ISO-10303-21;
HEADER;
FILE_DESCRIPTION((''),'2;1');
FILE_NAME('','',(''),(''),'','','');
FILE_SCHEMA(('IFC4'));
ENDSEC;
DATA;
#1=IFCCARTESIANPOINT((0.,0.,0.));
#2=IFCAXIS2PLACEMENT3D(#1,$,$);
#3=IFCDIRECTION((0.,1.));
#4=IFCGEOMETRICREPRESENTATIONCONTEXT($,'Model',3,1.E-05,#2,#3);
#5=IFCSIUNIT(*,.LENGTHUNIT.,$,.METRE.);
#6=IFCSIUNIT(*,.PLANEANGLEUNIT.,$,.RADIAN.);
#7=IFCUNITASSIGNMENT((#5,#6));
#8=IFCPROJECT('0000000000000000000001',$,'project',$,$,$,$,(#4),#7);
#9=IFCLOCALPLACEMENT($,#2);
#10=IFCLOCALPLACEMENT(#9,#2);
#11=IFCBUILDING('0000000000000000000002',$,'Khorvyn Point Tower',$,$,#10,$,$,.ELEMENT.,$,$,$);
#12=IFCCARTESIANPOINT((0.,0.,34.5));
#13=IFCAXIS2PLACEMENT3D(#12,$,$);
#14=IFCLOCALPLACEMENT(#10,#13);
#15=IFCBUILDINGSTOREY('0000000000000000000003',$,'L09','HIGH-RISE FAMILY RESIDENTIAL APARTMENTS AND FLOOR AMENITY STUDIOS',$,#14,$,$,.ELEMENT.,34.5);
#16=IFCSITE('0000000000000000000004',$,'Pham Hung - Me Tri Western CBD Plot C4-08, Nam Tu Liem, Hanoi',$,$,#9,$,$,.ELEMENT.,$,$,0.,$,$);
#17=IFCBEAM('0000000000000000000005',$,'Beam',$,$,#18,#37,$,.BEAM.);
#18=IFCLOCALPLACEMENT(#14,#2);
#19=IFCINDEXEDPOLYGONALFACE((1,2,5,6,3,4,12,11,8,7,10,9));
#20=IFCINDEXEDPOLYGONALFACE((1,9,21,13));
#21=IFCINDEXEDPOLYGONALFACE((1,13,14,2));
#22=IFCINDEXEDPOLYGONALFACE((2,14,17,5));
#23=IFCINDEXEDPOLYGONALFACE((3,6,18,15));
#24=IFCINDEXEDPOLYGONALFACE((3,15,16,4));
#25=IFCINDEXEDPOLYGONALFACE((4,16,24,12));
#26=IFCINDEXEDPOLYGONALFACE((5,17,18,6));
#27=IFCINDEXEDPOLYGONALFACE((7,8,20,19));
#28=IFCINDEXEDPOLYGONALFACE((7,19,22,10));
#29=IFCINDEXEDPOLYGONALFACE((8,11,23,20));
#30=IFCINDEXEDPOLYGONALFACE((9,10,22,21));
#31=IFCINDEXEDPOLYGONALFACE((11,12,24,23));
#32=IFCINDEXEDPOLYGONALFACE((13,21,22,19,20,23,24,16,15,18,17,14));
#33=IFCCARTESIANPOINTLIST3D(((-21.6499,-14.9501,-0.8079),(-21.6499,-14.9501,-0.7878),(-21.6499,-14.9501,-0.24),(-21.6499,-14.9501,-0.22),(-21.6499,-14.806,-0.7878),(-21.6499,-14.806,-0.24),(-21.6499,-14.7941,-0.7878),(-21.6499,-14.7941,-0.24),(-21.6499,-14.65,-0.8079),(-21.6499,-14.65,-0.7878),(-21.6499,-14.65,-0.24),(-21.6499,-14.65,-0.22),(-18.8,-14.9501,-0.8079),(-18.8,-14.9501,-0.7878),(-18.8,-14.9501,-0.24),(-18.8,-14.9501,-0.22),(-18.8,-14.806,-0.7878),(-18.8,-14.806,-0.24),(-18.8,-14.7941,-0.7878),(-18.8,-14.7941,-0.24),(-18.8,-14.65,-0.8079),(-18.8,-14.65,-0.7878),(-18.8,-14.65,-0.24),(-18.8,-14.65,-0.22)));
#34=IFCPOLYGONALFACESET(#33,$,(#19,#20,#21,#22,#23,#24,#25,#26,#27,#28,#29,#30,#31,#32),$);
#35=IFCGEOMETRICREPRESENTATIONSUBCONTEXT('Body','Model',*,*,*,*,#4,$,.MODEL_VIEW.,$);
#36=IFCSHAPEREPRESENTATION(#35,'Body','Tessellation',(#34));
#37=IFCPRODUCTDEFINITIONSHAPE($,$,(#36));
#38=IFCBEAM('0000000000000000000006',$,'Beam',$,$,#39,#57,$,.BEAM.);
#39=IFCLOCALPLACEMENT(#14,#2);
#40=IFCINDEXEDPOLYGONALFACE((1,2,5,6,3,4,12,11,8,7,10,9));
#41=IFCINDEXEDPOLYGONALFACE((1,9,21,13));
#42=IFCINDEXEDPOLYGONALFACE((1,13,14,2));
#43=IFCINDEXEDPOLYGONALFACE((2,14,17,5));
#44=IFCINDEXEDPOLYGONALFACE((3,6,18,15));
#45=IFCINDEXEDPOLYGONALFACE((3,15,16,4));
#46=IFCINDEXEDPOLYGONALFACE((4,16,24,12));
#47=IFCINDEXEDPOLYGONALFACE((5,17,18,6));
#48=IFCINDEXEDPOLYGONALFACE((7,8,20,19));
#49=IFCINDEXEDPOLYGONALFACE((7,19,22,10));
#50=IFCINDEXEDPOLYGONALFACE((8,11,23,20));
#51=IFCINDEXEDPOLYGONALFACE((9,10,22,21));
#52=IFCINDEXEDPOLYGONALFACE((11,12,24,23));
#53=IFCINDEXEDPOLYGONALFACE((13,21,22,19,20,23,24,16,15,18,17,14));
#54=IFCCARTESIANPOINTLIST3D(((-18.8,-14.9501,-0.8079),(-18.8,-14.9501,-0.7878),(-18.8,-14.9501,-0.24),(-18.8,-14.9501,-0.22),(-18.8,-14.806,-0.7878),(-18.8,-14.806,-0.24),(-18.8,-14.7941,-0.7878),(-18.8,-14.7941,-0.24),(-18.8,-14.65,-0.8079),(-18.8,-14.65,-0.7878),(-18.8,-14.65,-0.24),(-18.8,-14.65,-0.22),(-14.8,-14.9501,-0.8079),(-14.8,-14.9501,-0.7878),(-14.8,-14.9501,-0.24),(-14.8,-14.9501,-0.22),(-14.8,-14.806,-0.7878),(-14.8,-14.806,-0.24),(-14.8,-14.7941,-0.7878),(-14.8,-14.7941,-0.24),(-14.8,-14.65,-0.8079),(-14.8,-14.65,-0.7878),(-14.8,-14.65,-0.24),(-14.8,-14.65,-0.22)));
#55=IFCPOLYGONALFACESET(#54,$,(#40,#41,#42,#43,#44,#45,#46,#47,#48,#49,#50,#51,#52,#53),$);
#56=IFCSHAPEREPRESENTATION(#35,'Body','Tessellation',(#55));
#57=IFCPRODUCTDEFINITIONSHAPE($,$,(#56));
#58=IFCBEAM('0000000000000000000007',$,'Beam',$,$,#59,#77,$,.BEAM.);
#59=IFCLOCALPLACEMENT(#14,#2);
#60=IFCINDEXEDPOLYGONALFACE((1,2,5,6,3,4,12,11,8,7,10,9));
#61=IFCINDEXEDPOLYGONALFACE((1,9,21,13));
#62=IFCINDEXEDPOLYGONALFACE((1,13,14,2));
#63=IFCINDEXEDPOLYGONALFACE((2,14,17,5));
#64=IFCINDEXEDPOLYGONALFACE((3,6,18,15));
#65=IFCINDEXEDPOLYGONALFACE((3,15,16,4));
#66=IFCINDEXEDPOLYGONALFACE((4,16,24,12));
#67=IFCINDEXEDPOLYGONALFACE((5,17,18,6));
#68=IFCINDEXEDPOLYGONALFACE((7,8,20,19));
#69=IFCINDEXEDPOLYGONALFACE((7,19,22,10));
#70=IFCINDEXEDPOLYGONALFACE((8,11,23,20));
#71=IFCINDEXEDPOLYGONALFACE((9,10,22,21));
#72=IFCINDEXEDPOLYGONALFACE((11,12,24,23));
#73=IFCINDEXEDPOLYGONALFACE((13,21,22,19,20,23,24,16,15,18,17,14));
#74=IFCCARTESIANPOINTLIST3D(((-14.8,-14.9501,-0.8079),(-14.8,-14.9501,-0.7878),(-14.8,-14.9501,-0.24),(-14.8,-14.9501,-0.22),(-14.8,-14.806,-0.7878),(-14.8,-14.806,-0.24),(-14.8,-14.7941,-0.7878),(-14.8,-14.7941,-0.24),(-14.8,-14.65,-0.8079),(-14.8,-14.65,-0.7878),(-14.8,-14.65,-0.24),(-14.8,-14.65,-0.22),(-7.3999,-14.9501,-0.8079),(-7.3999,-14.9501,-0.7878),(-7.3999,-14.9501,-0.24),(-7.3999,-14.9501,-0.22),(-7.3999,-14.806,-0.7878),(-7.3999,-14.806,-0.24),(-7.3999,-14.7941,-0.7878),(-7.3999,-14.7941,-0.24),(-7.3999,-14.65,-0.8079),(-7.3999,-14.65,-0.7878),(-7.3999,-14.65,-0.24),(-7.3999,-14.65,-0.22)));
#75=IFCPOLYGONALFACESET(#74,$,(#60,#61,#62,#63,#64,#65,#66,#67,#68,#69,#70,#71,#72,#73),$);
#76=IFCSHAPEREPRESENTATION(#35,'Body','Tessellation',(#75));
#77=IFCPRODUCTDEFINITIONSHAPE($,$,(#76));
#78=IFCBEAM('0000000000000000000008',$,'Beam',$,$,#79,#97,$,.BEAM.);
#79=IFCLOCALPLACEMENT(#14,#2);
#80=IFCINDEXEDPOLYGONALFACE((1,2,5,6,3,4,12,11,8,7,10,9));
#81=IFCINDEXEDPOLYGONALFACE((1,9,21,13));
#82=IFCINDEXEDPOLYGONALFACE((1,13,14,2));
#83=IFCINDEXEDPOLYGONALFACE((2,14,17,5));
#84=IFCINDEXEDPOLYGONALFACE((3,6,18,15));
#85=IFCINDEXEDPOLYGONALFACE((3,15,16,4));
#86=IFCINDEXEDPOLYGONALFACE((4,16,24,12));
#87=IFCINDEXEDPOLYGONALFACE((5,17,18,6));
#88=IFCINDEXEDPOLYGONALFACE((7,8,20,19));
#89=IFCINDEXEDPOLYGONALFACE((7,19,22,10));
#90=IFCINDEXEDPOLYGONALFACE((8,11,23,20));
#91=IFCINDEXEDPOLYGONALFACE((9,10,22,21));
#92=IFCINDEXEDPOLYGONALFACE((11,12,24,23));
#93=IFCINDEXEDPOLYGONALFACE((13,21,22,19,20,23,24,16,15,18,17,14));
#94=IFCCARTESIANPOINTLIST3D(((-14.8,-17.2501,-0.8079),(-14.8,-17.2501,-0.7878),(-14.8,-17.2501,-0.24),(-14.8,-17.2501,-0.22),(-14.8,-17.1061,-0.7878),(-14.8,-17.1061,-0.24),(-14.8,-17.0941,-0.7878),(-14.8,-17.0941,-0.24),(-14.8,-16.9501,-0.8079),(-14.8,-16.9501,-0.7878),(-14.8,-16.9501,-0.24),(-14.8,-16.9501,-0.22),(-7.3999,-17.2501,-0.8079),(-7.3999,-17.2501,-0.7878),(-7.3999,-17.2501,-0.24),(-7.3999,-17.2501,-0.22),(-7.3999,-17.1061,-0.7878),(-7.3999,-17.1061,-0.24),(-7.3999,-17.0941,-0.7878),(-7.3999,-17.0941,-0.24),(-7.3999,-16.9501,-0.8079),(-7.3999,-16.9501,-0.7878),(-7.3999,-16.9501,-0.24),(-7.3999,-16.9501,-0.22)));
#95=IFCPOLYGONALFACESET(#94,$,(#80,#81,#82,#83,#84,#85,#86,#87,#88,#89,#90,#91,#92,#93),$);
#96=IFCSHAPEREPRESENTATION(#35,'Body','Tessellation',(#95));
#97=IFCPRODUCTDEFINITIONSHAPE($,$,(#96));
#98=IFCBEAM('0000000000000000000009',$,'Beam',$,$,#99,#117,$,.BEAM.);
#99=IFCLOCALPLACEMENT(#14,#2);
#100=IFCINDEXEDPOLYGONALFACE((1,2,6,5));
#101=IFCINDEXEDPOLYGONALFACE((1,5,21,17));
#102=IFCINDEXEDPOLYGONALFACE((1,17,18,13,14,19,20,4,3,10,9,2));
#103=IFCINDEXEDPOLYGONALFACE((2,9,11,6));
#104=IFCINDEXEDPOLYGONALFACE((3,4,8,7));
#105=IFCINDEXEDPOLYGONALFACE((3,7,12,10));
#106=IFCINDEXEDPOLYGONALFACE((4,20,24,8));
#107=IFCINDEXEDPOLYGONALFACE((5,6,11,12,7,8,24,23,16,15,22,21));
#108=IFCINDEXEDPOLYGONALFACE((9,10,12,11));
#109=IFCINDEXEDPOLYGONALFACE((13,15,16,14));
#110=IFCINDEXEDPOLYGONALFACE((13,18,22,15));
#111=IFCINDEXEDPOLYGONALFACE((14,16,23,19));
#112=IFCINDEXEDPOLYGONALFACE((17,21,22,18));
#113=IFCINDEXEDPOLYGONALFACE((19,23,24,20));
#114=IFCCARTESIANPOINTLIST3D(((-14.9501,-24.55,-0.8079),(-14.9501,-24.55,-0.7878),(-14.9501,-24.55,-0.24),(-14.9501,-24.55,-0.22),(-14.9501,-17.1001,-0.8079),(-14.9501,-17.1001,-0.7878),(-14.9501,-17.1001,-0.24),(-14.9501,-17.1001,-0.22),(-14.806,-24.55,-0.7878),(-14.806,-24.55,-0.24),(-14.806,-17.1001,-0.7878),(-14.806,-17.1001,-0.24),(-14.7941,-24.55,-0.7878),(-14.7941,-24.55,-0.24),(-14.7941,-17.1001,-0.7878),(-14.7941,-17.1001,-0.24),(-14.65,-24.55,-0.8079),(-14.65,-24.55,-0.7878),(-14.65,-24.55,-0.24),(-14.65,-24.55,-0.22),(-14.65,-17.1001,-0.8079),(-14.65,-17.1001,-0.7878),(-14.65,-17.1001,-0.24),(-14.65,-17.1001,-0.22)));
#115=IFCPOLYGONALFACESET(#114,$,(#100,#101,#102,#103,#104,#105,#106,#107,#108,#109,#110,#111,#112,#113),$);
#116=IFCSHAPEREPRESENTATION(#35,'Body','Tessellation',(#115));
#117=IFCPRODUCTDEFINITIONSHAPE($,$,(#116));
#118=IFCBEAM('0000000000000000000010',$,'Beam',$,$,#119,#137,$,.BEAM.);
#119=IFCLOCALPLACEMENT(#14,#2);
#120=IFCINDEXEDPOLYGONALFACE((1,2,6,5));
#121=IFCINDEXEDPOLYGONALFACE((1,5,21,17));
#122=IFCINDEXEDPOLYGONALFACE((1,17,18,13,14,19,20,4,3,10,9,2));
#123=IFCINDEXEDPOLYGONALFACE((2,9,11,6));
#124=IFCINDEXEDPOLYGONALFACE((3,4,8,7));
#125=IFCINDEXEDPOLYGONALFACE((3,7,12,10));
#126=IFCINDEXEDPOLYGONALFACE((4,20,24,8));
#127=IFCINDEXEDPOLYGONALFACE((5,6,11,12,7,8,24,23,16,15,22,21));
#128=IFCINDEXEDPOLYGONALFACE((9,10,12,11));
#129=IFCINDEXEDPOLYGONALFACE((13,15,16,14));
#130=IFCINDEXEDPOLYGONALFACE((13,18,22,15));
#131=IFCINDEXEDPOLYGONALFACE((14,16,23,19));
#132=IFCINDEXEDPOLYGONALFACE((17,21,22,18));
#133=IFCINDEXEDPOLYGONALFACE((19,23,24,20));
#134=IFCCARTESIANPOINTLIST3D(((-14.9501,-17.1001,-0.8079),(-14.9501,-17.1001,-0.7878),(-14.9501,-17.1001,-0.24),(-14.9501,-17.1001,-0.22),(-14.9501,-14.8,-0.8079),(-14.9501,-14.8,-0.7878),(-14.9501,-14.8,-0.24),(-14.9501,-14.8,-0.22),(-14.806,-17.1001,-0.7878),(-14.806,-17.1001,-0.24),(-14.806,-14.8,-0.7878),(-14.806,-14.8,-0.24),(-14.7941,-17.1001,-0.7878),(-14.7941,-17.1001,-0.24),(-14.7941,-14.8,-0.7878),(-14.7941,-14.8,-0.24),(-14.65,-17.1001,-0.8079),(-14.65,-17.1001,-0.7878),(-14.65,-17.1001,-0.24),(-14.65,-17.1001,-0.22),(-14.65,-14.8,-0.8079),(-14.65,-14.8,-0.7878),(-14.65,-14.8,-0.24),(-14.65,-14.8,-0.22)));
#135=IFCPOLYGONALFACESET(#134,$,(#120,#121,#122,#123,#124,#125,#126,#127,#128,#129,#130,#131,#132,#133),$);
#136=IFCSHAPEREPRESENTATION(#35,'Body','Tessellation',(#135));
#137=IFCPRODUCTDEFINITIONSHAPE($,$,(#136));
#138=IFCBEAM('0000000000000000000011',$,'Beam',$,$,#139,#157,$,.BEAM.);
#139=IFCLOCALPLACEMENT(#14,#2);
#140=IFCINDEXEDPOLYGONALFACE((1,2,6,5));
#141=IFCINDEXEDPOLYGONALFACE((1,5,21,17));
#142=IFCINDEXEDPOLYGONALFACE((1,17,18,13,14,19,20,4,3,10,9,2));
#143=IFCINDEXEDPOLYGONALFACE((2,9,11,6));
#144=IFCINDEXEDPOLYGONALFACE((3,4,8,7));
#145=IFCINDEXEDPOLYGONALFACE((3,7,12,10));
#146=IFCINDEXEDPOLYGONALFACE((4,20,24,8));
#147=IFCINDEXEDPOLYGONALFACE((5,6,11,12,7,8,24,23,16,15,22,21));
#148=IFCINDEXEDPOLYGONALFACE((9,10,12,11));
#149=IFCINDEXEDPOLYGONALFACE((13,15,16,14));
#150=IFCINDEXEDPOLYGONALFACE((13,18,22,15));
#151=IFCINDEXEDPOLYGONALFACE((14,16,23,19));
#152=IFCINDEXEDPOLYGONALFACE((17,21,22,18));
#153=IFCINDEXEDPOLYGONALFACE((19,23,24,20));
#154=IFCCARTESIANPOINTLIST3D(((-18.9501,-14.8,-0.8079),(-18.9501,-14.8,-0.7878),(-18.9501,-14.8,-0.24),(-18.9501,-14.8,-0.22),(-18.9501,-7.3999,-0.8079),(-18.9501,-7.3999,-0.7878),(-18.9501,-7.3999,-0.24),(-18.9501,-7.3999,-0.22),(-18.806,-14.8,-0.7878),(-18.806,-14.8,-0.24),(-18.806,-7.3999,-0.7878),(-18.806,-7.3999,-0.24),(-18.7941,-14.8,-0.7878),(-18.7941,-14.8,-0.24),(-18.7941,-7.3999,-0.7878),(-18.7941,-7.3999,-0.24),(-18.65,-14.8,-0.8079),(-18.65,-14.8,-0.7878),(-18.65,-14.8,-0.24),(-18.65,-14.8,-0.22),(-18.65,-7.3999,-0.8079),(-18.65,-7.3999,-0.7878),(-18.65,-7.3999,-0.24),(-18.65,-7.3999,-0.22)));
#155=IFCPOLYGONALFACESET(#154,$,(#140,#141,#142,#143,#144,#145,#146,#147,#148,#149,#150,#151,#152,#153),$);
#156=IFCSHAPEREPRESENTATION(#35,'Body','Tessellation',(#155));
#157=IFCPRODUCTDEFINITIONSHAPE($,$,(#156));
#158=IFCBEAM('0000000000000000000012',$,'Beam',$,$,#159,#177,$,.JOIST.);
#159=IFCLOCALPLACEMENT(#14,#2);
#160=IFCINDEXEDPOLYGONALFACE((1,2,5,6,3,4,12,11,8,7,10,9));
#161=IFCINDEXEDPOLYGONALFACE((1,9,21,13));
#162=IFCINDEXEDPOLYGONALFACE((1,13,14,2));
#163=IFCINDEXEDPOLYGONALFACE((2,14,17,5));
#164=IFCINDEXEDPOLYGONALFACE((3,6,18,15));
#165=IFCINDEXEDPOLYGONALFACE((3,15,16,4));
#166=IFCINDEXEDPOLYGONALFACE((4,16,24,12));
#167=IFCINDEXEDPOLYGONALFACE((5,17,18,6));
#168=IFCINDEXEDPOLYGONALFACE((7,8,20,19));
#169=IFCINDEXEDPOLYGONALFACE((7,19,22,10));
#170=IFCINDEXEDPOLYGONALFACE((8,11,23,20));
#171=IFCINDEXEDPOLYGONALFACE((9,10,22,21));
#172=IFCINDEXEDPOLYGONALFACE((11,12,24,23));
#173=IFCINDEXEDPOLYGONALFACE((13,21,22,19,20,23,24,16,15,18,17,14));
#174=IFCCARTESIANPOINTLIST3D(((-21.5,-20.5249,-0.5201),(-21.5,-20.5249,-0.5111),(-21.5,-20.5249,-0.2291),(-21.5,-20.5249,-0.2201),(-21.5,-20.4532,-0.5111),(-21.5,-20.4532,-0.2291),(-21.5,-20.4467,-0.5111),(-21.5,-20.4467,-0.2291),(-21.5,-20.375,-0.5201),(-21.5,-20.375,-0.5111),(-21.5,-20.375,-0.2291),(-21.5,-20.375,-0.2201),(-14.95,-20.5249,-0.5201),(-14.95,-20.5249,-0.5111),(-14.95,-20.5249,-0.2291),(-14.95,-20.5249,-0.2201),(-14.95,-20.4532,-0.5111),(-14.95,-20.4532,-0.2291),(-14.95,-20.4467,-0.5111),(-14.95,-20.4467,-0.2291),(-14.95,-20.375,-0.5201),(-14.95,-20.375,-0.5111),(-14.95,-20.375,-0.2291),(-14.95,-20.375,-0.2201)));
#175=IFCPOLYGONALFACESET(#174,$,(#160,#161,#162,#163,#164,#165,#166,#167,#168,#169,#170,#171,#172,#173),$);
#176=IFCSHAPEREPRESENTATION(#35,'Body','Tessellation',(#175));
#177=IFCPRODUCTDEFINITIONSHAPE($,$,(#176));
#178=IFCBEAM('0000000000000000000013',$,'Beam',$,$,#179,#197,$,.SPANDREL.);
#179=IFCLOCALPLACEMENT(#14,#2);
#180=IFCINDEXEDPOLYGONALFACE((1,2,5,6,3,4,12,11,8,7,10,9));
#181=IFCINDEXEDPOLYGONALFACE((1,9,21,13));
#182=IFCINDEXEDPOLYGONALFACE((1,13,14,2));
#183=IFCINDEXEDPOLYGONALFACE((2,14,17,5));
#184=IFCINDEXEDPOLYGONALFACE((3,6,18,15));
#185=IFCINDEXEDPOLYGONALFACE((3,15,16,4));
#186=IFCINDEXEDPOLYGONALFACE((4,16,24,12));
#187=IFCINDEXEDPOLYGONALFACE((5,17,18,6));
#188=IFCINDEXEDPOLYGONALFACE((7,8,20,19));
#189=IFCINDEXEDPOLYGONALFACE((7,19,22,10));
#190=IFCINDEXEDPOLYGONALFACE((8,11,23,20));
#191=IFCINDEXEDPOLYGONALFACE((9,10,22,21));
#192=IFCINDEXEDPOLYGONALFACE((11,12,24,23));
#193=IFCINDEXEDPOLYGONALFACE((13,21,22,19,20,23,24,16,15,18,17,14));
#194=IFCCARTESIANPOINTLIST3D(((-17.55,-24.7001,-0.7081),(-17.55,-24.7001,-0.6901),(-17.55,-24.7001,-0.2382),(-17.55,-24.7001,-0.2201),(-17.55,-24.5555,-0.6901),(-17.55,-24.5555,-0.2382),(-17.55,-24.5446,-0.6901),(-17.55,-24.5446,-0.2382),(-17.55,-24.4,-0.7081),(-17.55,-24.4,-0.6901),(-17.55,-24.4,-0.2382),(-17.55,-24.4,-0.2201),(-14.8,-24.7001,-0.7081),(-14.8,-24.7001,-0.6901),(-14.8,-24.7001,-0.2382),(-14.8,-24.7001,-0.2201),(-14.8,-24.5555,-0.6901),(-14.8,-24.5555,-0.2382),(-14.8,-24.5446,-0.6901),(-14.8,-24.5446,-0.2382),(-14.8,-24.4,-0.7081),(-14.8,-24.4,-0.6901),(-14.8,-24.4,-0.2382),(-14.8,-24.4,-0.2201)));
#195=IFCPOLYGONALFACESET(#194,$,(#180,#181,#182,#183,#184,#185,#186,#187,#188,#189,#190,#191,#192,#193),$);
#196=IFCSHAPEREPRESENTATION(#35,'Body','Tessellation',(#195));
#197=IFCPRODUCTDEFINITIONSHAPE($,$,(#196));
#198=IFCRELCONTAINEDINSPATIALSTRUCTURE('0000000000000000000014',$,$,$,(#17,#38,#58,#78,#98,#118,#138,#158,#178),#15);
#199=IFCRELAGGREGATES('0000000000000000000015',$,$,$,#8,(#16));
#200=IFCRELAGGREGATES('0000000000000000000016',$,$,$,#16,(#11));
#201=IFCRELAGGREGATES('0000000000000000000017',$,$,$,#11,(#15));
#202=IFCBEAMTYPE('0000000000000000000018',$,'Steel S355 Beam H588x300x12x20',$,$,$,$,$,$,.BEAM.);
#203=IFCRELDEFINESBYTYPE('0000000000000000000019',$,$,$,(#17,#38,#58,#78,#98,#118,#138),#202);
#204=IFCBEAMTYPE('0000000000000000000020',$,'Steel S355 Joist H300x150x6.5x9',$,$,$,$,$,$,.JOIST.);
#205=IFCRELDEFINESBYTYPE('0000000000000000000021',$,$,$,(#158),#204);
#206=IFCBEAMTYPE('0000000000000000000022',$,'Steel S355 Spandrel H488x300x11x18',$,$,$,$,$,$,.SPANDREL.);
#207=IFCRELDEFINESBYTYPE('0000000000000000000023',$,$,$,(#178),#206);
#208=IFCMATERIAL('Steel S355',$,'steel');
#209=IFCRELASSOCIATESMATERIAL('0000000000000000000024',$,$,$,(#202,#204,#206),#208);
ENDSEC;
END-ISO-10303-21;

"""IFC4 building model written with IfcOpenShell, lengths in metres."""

from ifc_helpers import new_model, si_unit, direction, frame, origin, origin_2d, place, context, subcontext, project, spatial, i_section, extrude, material, material_profile, profile_set, type_object, element, save


model = new_model("IFC4")

# Units and contexts
model_context = context("Model", 3, precision=1e-05, world=origin(), true_north=direction((0.0, 1.0)))
body_context = subcontext(model_context, "Body", "Model", "MODEL_VIEW")
ifc_project = project(units=[si_unit("LENGTHUNIT", "METRE"), si_unit("PLANEANGLEUNIT", "RADIAN")], contexts=[model_context])

# Site, building, storey
site_placement = place(None, origin())
site = spatial("IfcSite", under=ifc_project, at=site_placement, Name="Pham Hung - Me Tri Western CBD Plot C4-08, Nam Tu Liem, Hanoi", CompositionType="ELEMENT", RefElevation=0.0)
building_placement = place(site_placement, origin())
building = spatial("IfcBuilding", under=site, at=building_placement, Name="Khorvyn Point Tower", CompositionType="ELEMENT")
storey_placement = place(building_placement, frame((0.0, 0.0, 34.5)))
storey = spatial("IfcBuildingStorey", under=building, at=storey_placement, Name="L09", Description="HIGH-RISE FAMILY RESIDENTIAL APARTMENTS AND FLOOR AMENITY STUDIOS", CompositionType="ELEMENT", Elevation=34.5)

# Beams
ifc_material_1 = material(Name="Steel S355", Category="steel")
ifc_material_profile_1 = material_profile(ifc_material_1, i_section(OverallWidth=0.3, OverallDepth=0.5879, WebThickness=0.012, FlangeThickness=0.02, at=origin_2d()))
ifc_profile_set_1 = profile_set([ifc_material_profile_1], Name="Steel S355 H588x300x12x20")
beam_type_1 = type_object("IfcBeamType", Name="Steel S355 Beam H588x300x12x20", PredefinedType="BEAM", material=ifc_profile_set_1)
beam_1_placement = place(storey_placement, frame((-21.6499, -14.8, -0.5139), z_axis=(1.0, 0.0, 0.0), x_axis=(0.0, 1.0, 0.0)))
element("IfcBeam", 1, at=beam_1_placement, inside=storey, type_object=beam_type_1, Name="Beam", PredefinedType="BEAM", context=body_context, shape_type="SweptSolid", body=[
    extrude(i_section(OverallWidth=0.3, OverallDepth=0.5879, WebThickness=0.012, FlangeThickness=0.02, at=origin_2d()), origin(), (0.0, 0.0, 1.0), 2.8499),
])
beam_2_placement = place(storey_placement, frame((-18.8, -14.8, -0.5139), z_axis=(1.0, 0.0, 0.0), x_axis=(0.0, 1.0, 0.0)))
element("IfcBeam", 2, at=beam_2_placement, inside=storey, type_object=beam_type_1, Name="Beam", PredefinedType="BEAM", context=body_context, shape_type="SweptSolid", body=[
    extrude(i_section(OverallWidth=0.3, OverallDepth=0.5879, WebThickness=0.012, FlangeThickness=0.02, at=origin_2d()), origin(), (0.0, 0.0, 1.0), 4.0),
])
for number, where, z_axis, x_axis, name in (
    (3, (-14.8, -14.8, -0.5139), (1.0, 0.0, 0.0), (0.0, 1.0, 0.0), "Beam"),
    (4, (-14.8, -17.1001, -0.5139), (1.0, 0.0, 0.0), (0.0, 1.0, 0.0), "Beam"),
):
    element("IfcBeam", number, at=place(storey_placement, frame(where, z_axis=z_axis, x_axis=x_axis)), inside=storey, type_object=beam_type_1, Name=name, PredefinedType="BEAM", context=body_context, shape_type="SweptSolid", body=[
        extrude(i_section(OverallWidth=0.3, OverallDepth=0.5879, WebThickness=0.012, FlangeThickness=0.02, at=origin_2d()), origin(), (0.0, 0.0, 1.0), 7.4001),
    ])
beam_3_placement = place(storey_placement, frame((-14.8, -24.55, -0.5139), z_axis=(0.0, 1.0, 0.0), x_axis=(-1.0, 0.0, 0.0)))
element("IfcBeam", 5, at=beam_3_placement, inside=storey, type_object=beam_type_1, Name="Beam", PredefinedType="BEAM", context=body_context, shape_type="SweptSolid", body=[
    extrude(i_section(OverallWidth=0.3, OverallDepth=0.5879, WebThickness=0.012, FlangeThickness=0.02, at=origin_2d()), origin(), (0.0, 0.0, 1.0), 7.45),
])
beam_4_placement = place(storey_placement, frame((-14.8, -17.1001, -0.5139), z_axis=(0.0, 1.0, 0.0), x_axis=(-1.0, 0.0, 0.0)))
element("IfcBeam", 6, at=beam_4_placement, inside=storey, type_object=beam_type_1, Name="Beam", PredefinedType="BEAM", context=body_context, shape_type="SweptSolid", body=[
    extrude(i_section(OverallWidth=0.3, OverallDepth=0.5879, WebThickness=0.012, FlangeThickness=0.02, at=origin_2d()), origin(), (0.0, 0.0, 1.0), 2.3),
])
beam_5_placement = place(storey_placement, frame((-18.8, -14.8, -0.5139), z_axis=(0.0, 1.0, 0.0), x_axis=(-1.0, 0.0, 0.0)))
element("IfcBeam", 7, at=beam_5_placement, inside=storey, type_object=beam_type_1, Name="Beam", PredefinedType="BEAM", context=body_context, shape_type="SweptSolid", body=[
    extrude(i_section(OverallWidth=0.3, OverallDepth=0.5879, WebThickness=0.012, FlangeThickness=0.02, at=origin_2d()), origin(), (0.0, 0.0, 1.0), 7.4001),
])
ifc_material_profile_2 = material_profile(ifc_material_1, i_section(OverallWidth=0.1499, OverallDepth=0.3, WebThickness=0.0066, FlangeThickness=0.009, at=origin_2d()))
ifc_profile_set_2 = profile_set([ifc_material_profile_2], Name="Steel S355 H300x150x6.5x9")
beam_type_2 = type_object("IfcBeamType", Name="Steel S355 Joist H300x150x6.5x9", PredefinedType="JOIST", material=ifc_profile_set_2)
beam_6_placement = place(storey_placement, frame((-21.5, -20.45, -0.3701), z_axis=(1.0, 0.0, 0.0), x_axis=(0.0, 1.0, 0.0)))
element("IfcBeam", 8, at=beam_6_placement, inside=storey, type_object=beam_type_2, Name="Beam", PredefinedType="JOIST", context=body_context, shape_type="SweptSolid", body=[
    extrude(i_section(OverallWidth=0.1499, OverallDepth=0.3, WebThickness=0.0066, FlangeThickness=0.009, at=origin_2d()), origin(), (0.0, 0.0, 1.0), 6.55),
])
ifc_material_profile_3 = material_profile(ifc_material_1, i_section(OverallWidth=0.3, OverallDepth=0.488, WebThickness=0.011, FlangeThickness=0.0181, at=origin_2d()))
ifc_profile_set_3 = profile_set([ifc_material_profile_3], Name="Steel S355 H488x300x11x18")
beam_type_3 = type_object("IfcBeamType", Name="Steel S355 Spandrel H488x300x11x18", PredefinedType="SPANDREL", material=ifc_profile_set_3)
beam_7_placement = place(storey_placement, frame((-17.55, -24.55, -0.4641), z_axis=(1.0, 0.0, 0.0), x_axis=(0.0, 1.0, 0.0)))
element("IfcBeam", 9, at=beam_7_placement, inside=storey, type_object=beam_type_3, Name="Beam", PredefinedType="SPANDREL", context=body_context, shape_type="SweptSolid", body=[
    extrude(i_section(OverallWidth=0.3, OverallDepth=0.488, WebThickness=0.011, FlangeThickness=0.0181, at=origin_2d()), origin(), (0.0, 0.0, 1.0), 2.75),
])

save(model, "model.ifc")
